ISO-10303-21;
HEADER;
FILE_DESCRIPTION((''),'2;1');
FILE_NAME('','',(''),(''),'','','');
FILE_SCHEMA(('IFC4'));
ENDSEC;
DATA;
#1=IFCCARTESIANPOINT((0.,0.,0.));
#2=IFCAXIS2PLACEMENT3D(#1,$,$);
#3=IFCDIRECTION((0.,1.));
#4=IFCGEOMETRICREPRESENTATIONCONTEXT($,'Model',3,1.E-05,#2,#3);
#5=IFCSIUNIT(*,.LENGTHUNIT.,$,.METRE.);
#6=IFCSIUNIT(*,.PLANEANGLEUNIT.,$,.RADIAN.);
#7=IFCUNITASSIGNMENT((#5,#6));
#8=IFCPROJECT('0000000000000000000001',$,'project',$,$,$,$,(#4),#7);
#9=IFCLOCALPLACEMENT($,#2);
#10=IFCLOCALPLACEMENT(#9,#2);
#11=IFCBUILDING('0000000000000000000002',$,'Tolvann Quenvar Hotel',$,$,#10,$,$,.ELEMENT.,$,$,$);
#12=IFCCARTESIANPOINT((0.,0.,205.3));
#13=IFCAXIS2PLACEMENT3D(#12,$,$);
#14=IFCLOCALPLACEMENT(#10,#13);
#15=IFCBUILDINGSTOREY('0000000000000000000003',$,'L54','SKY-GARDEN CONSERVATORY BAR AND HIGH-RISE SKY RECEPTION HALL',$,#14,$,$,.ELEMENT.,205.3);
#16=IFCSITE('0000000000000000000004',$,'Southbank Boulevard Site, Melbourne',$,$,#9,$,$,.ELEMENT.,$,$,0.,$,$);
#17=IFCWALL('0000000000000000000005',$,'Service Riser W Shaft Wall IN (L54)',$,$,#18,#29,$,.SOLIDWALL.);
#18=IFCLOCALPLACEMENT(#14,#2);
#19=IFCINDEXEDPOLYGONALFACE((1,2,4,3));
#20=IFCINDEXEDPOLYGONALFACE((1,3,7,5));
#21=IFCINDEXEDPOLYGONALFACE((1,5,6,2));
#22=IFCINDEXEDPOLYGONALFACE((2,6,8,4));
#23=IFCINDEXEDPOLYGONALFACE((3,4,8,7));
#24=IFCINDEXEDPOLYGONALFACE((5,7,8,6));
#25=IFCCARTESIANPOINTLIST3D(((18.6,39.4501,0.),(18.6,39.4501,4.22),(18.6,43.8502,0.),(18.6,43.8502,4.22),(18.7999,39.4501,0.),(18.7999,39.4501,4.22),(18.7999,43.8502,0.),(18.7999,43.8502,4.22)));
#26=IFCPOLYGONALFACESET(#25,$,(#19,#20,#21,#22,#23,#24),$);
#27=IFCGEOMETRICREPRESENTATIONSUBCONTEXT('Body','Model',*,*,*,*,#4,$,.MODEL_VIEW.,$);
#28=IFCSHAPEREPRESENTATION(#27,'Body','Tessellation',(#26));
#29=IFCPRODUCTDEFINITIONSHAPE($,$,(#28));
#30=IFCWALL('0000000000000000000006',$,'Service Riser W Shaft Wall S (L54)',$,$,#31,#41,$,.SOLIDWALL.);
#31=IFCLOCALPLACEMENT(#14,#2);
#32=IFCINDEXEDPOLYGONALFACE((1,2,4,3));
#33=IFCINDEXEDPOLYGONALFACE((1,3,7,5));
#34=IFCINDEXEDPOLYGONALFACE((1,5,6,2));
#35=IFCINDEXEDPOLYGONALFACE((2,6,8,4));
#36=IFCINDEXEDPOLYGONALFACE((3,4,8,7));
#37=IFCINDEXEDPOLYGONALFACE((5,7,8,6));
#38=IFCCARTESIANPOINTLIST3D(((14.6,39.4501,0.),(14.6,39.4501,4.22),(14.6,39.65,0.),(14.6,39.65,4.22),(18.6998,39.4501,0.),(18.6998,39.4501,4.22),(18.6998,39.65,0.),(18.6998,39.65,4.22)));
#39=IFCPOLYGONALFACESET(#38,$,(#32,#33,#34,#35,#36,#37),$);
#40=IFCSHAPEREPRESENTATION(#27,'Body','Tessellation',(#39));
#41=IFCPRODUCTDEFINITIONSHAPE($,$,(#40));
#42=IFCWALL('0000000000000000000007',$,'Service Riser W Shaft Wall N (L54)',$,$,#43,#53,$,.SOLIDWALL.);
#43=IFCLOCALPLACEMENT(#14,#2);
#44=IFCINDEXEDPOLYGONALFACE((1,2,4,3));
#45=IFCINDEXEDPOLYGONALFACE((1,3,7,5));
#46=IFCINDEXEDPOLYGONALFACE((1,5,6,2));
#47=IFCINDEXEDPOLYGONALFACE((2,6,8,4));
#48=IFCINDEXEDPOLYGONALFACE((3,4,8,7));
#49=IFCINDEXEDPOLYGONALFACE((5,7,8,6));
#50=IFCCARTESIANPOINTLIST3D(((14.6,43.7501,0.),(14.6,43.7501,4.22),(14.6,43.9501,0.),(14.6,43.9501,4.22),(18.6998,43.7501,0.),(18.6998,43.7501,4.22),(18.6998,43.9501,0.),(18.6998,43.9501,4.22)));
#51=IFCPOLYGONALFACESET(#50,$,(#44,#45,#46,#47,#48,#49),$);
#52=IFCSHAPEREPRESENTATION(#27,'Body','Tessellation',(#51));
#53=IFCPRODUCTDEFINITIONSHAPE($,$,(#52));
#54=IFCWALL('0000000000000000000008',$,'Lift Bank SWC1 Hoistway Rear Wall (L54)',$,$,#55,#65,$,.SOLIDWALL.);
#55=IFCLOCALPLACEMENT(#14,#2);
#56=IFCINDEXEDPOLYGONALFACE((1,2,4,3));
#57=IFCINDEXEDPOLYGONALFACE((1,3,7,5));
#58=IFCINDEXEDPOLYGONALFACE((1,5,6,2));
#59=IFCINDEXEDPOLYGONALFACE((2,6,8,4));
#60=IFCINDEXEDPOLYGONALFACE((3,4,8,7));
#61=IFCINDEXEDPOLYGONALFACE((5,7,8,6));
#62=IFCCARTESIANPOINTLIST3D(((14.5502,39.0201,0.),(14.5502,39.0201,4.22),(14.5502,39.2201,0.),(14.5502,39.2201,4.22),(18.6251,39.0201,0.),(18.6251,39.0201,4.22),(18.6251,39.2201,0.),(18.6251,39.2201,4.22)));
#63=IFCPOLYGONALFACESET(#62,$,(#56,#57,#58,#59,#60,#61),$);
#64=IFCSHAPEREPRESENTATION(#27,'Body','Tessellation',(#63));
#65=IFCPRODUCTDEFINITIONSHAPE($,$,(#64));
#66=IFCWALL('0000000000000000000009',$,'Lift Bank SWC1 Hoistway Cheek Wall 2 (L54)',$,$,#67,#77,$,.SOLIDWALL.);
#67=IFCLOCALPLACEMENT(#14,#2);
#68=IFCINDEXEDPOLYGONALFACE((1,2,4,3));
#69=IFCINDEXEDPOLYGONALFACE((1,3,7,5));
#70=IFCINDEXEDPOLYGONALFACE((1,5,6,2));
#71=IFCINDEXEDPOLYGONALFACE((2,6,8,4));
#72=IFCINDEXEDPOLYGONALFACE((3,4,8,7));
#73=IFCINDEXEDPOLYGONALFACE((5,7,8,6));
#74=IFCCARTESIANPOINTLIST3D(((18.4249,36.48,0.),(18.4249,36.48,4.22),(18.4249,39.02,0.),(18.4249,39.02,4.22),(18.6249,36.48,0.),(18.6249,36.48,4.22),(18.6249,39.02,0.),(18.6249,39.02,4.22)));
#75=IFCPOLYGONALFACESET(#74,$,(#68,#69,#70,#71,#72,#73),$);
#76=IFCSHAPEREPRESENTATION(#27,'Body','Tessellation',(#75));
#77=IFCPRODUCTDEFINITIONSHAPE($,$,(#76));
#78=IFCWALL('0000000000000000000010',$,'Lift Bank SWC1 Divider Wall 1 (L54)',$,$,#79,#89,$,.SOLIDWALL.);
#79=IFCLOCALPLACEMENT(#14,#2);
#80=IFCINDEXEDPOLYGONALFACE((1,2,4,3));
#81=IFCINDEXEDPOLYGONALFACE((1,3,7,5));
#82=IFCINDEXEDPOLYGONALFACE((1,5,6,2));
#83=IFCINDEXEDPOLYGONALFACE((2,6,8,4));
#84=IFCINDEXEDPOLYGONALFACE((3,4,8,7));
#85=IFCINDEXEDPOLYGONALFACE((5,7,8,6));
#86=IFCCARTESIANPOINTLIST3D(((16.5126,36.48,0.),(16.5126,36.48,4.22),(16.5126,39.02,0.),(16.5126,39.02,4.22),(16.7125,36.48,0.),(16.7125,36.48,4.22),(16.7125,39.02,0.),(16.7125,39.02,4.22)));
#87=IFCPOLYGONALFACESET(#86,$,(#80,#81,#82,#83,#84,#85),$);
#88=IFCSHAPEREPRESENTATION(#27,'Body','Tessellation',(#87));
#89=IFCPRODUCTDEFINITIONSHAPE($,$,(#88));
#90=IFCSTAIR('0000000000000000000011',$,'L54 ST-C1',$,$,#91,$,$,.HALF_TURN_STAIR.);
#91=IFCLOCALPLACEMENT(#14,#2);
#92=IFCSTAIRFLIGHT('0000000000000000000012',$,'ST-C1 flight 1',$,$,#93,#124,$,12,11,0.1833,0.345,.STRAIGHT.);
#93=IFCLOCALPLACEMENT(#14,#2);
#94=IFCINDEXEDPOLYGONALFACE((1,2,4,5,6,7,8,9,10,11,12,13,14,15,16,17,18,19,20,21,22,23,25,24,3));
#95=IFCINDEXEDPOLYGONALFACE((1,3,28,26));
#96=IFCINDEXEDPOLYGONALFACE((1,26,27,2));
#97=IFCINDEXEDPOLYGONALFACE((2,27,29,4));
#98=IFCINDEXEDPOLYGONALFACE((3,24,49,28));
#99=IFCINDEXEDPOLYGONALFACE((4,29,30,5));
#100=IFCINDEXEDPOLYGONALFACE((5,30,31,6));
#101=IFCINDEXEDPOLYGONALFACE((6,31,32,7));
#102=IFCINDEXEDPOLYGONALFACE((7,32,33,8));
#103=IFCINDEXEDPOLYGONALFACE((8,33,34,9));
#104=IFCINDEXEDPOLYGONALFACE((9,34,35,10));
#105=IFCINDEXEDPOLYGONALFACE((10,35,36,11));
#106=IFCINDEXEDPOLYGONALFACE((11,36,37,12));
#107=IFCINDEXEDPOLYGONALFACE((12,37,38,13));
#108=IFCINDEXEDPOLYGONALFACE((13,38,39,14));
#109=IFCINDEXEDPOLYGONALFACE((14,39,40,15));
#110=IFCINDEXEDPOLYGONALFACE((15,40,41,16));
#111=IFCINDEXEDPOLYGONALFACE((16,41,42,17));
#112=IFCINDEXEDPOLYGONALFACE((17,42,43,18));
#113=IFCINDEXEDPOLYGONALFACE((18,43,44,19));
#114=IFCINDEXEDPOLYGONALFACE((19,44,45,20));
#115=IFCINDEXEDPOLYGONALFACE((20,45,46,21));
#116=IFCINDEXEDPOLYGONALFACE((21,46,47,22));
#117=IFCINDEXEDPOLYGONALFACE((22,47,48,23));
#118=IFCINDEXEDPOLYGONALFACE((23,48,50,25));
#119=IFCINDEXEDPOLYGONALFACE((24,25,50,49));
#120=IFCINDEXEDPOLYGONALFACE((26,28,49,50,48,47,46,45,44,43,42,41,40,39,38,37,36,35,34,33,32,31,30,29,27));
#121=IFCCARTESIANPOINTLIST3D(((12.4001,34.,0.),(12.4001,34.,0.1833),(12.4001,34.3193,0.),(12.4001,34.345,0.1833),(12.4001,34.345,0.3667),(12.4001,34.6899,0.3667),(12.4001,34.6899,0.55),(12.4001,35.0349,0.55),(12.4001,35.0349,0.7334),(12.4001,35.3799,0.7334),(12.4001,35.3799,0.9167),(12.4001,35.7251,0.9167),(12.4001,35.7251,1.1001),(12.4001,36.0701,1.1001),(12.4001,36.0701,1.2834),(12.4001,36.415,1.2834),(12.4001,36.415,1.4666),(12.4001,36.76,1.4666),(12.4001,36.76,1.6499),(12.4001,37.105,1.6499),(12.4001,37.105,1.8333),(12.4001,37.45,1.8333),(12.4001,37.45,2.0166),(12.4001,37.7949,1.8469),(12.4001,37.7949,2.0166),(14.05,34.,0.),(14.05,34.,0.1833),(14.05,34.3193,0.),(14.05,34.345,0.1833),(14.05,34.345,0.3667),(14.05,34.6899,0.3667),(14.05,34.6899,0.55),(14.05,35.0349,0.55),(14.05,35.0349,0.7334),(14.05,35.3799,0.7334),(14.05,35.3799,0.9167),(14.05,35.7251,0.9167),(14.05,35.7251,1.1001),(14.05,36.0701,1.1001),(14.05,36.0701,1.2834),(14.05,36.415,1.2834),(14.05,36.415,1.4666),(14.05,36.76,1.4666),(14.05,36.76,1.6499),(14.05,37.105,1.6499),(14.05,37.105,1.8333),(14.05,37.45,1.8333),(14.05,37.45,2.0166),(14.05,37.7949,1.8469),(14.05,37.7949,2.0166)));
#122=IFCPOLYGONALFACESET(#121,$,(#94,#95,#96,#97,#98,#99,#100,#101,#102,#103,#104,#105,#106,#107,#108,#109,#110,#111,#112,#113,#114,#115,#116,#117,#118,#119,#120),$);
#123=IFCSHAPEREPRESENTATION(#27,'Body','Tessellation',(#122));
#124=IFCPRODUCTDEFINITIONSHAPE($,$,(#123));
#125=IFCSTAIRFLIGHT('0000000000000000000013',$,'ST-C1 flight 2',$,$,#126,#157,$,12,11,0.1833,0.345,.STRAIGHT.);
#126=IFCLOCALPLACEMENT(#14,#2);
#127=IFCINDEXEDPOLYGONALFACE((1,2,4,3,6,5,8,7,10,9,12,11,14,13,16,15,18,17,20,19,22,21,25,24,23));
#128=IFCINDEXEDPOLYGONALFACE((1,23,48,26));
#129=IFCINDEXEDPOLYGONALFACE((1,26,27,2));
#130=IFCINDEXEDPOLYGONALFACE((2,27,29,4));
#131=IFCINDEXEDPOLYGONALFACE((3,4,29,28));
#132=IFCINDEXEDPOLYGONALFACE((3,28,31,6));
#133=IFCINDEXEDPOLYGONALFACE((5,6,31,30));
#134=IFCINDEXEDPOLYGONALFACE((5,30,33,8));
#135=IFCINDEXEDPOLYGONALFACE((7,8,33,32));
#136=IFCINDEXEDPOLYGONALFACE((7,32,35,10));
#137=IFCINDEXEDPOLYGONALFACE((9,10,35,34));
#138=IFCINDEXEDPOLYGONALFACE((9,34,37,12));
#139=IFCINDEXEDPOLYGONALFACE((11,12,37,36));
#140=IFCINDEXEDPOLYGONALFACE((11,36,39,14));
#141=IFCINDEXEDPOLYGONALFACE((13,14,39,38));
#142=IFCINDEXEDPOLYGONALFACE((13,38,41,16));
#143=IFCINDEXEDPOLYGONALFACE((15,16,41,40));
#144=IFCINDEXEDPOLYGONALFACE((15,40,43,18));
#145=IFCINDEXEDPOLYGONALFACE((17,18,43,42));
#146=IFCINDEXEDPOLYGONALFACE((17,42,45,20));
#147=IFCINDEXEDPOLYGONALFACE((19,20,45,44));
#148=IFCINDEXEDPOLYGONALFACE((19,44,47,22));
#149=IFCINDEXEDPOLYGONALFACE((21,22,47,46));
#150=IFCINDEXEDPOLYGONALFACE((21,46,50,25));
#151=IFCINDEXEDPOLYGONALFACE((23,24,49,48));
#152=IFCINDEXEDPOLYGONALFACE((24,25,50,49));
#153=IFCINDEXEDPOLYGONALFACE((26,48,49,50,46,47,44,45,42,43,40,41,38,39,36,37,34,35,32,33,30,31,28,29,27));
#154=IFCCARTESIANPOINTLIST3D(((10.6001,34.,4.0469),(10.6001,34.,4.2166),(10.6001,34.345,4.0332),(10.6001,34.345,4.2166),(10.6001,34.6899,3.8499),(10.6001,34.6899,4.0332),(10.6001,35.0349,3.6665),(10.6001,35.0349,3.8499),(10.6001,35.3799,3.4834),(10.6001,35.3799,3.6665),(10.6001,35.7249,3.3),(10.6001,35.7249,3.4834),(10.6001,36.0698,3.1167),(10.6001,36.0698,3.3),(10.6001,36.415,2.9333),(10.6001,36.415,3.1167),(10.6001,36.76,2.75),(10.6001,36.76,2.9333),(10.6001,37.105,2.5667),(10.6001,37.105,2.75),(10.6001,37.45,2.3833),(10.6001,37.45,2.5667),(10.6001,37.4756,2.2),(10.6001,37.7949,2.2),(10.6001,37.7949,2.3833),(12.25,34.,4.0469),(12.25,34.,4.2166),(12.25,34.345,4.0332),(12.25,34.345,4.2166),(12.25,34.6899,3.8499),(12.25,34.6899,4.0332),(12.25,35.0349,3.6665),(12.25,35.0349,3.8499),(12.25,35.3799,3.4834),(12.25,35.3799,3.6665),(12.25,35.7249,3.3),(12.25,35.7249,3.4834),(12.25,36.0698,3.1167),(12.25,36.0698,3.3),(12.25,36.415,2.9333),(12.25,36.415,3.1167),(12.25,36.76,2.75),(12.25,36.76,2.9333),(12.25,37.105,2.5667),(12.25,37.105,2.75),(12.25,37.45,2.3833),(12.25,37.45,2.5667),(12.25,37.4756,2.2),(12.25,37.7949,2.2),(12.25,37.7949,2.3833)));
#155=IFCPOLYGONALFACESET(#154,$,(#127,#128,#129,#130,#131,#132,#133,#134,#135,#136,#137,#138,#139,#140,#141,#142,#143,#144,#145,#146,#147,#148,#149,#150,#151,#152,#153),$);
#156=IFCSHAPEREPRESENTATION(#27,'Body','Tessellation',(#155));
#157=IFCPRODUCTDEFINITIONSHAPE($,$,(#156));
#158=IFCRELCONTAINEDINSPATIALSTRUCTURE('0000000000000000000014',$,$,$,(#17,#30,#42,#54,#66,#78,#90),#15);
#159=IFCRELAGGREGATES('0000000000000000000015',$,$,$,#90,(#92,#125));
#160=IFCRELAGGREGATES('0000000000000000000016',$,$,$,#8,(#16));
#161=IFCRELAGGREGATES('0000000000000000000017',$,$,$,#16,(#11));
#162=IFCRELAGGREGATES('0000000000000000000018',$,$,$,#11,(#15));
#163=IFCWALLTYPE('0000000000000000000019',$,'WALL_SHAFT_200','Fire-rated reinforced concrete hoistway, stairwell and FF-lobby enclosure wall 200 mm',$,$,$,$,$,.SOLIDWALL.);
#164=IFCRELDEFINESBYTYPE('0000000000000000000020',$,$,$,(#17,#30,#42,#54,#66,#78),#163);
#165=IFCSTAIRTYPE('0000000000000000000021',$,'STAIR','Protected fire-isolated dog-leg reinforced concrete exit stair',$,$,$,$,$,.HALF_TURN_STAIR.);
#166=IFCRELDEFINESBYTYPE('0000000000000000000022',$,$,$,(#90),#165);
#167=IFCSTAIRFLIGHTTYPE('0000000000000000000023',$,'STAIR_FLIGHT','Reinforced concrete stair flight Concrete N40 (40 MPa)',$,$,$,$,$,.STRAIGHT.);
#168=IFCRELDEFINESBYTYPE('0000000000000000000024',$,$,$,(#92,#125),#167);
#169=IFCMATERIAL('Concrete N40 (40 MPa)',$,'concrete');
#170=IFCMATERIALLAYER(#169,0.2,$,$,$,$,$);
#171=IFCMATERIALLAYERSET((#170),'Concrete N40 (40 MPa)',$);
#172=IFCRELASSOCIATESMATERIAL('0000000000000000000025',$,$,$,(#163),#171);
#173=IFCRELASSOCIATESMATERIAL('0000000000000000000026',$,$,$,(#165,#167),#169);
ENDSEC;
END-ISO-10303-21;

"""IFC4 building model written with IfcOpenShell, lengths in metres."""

from ifc_helpers import new_model, si_unit, direction, frame, frame_2d, origin, place, context, subcontext, project, spatial, polyline, rectangle, outline, extrude, material, layer, layer_set, type_object, element, aggregate, save


model = new_model("IFC4")

# Units and contexts
model_context = context("Model", 3, precision=1e-05, world=origin(), true_north=direction((0.0, 1.0)))
body_context = subcontext(model_context, "Body", "Model", "MODEL_VIEW")
ifc_project = project(units=[si_unit("LENGTHUNIT", "METRE"), si_unit("PLANEANGLEUNIT", "RADIAN")], contexts=[model_context])

# Site, building, storey
site_placement = place(None, origin())
site = spatial("IfcSite", under=ifc_project, at=site_placement, Name="Southbank Boulevard Site, Melbourne", CompositionType="ELEMENT", RefElevation=0.0)
building_placement = place(site_placement, origin())
building = spatial("IfcBuilding", under=site, at=building_placement, Name="Tolvann Quenvar Hotel", CompositionType="ELEMENT")
storey_placement = place(building_placement, frame((0.0, 0.0, 205.3)))
storey = spatial("IfcBuildingStorey", under=building, at=storey_placement, Name="L54", Description="SKY-GARDEN CONSERVATORY BAR AND HIGH-RISE SKY RECEPTION HALL", CompositionType="ELEMENT", Elevation=205.3)

# Walls
ifc_material_1 = material(Name="Concrete N40 (40 MPa)", Category="concrete")
ifc_layer = layer(ifc_material_1, 0.2)
ifc_layer_set = layer_set([ifc_layer], Name="Concrete N40 (40 MPa)")
wall_type = type_object("IfcWallType", Name="WALL_SHAFT_200", Description="Fire-rated reinforced concrete hoistway, stairwell and FF-lobby enclosure wall 200 mm", PredefinedType="SOLIDWALL", material=ifc_layer_set)
wall_1_placement = place(storey_placement, frame((18.7, 39.45, 0.0), z_axis=(0.0, 0.0, 1.0), x_axis=(0.0, 1.0, 0.0)))
element("IfcWall", 1, at=wall_1_placement, inside=storey, type_object=wall_type, Name="Service Riser W Shaft Wall IN (L54)", PredefinedType="SOLIDWALL", context=body_context, shape_type="SweptSolid", body=[
    extrude(rectangle(XDim=4.4001, YDim=0.2, at=frame_2d((2.2002, 0.0))), origin(), (0.0, 0.0, 1.0), 4.22),
])
for number, where, z_axis, x_axis, name in (
    (2, (14.6001, 39.55, 0.0), (0.0, 0.0, 1.0), (1.0, 0.0, 0.0), "Service Riser W Shaft Wall S (L54)"),
    (3, (14.6001, 43.8501, 0.0), (0.0, 0.0, 1.0), (1.0, 0.0, 0.0), "Service Riser W Shaft Wall N (L54)"),
):
    element("IfcWall", number, at=place(storey_placement, frame(where, z_axis=z_axis, x_axis=x_axis)), inside=storey, type_object=wall_type, Name=name, PredefinedType="SOLIDWALL", context=body_context, shape_type="SweptSolid", body=[
        extrude(rectangle(XDim=4.0999, YDim=0.2, at=frame_2d((2.0498, 0.0))), origin(), (0.0, 0.0, 1.0), 4.22),
    ])

# Walls
wall_2_placement = place(storey_placement, frame((14.55, 39.1201, 0.0), z_axis=(0.0, 0.0, 1.0), x_axis=(1.0, 0.0, 0.0)))
element("IfcWall", 4, at=wall_2_placement, inside=storey, type_object=wall_type, Name="Lift Bank SWC1 Hoistway Rear Wall (L54)", PredefinedType="SOLIDWALL", context=body_context, shape_type="SweptSolid", body=[
    extrude(rectangle(XDim=4.075, YDim=0.2, at=frame_2d((2.0376, 0.0))), origin(), (0.0, 0.0, 1.0), 4.22),
])
for number, where, z_axis, x_axis, name in (
    (5, (18.5249, 36.48, 0.0), (0.0, 0.0, 1.0), (0.0, 1.0, 0.0), "Lift Bank SWC1 Hoistway Cheek Wall 2 (L54)"),
    (6, (16.6125, 36.48, 0.0), (0.0, 0.0, 1.0), (0.0, 1.0, 0.0), "Lift Bank SWC1 Divider Wall 1 (L54)"),
):
    element("IfcWall", number, at=place(storey_placement, frame(where, z_axis=z_axis, x_axis=x_axis)), inside=storey, type_object=wall_type, Name=name, PredefinedType="SOLIDWALL", context=body_context, shape_type="SweptSolid", body=[
        extrude(rectangle(XDim=2.54, YDim=0.2, at=frame_2d((1.27, 0.0))), origin(), (0.0, 0.0, 1.0), 4.22),
    ])

# Stair, stair flights
stair_type = type_object("IfcStairType", Name="STAIR", Description="Protected fire-isolated dog-leg reinforced concrete exit stair", PredefinedType="HALF_TURN_STAIR", material=ifc_material_1)
stair_placement = place(storey_placement, origin())
stair = element("IfcStair", 7, at=stair_placement, inside=storey, type_object=stair_type, Name="L54 ST-C1", PredefinedType="HALF_TURN_STAIR")
stair_flight_type = type_object("IfcStairFlightType", Name="STAIR_FLIGHT", Description="Reinforced concrete stair flight Concrete N40 (40 MPa)", PredefinedType="STRAIGHT", material=ifc_material_1)
stair_flight_1_placement = place(storey_placement, frame((13.2251, 34.0, 0.0), z_axis=(0.0, 0.0, 1.0), x_axis=(0.0, 1.0, 0.0)))
stair_flight_1 = element("IfcStairFlight", 8, at=stair_flight_1_placement, type_object=stair_flight_type, Name="ST-C1 flight 1", NumberOfRisers=12, NumberOfTreads=11, PredefinedType="STRAIGHT", RiserHeight=0.1833, TreadLength=0.345, context=body_context, shape_type="SweptSolid", body=[
    extrude(outline(polyline([(0.0, 0.0), (0.0, 0.1833), (0.345, 0.1833), (0.345, 0.3667), (0.6899, 0.3667), (0.6899, 0.55), (1.0349, 0.55), (1.0349, 0.7334), (1.3799, 0.7334), (1.3799, 0.9167), (1.7251, 0.9167), (1.7251, 1.1001), (2.0701, 1.1001), (2.0701, 1.2834), (2.415, 1.2834), (2.415, 1.4666), (2.76, 1.4666), (2.76, 1.6499), (3.105, 1.6499), (3.105, 1.8333), (3.45, 1.8333), (3.45, 2.0166), (3.7949, 2.0166), (3.7949, 2.2), (3.7949, 1.8469), (0.3193, 0.0), (0.0, 0.0)])), frame((0.0, 0.825, 0.0), z_axis=(0.0, -1.0, 0.0), x_axis=(1.0, 0.0, 0.0)), (0.0, 0.0, 1.0), 1.6499),
])
stair_flight_2_placement = place(storey_placement, frame((11.425, 37.7949, 2.2), z_axis=(0.0, 0.0, 1.0), x_axis=(0.0, -1.0, 0.0)))
stair_flight_2 = element("IfcStairFlight", 9, at=stair_flight_2_placement, type_object=stair_flight_type, Name="ST-C1 flight 2", NumberOfRisers=12, NumberOfTreads=11, PredefinedType="STRAIGHT", RiserHeight=0.1833, TreadLength=0.345, context=body_context, shape_type="SweptSolid", body=[
    extrude(outline(polyline([(0.0, 0.0), (0.0, 0.1833), (0.345, 0.1833), (0.345, 0.3667), (0.6899, 0.3667), (0.6899, 0.55), (1.0349, 0.55), (1.0349, 0.7334), (1.3799, 0.7334), (1.3799, 0.9167), (1.7251, 0.9167), (1.7251, 1.1001), (2.0701, 1.1001), (2.0701, 1.2834), (2.415, 1.2834), (2.415, 1.4666), (2.76, 1.4666), (2.76, 1.6499), (3.105, 1.6499), (3.105, 1.8333), (3.45, 1.8333), (3.45, 2.0166), (3.7949, 2.0166), (3.7949, 2.2), (3.7949, 1.8469), (0.3193, 0.0), (0.0, 0.0)])), frame((0.0, 0.825, 0.0), z_axis=(0.0, -1.0, 0.0), x_axis=(1.0, 0.0, 0.0)), (0.0, 0.0, 1.0), 1.6499),
])
aggregate(stair, [stair_flight_1, stair_flight_2])

save(model, "model.ifc")
